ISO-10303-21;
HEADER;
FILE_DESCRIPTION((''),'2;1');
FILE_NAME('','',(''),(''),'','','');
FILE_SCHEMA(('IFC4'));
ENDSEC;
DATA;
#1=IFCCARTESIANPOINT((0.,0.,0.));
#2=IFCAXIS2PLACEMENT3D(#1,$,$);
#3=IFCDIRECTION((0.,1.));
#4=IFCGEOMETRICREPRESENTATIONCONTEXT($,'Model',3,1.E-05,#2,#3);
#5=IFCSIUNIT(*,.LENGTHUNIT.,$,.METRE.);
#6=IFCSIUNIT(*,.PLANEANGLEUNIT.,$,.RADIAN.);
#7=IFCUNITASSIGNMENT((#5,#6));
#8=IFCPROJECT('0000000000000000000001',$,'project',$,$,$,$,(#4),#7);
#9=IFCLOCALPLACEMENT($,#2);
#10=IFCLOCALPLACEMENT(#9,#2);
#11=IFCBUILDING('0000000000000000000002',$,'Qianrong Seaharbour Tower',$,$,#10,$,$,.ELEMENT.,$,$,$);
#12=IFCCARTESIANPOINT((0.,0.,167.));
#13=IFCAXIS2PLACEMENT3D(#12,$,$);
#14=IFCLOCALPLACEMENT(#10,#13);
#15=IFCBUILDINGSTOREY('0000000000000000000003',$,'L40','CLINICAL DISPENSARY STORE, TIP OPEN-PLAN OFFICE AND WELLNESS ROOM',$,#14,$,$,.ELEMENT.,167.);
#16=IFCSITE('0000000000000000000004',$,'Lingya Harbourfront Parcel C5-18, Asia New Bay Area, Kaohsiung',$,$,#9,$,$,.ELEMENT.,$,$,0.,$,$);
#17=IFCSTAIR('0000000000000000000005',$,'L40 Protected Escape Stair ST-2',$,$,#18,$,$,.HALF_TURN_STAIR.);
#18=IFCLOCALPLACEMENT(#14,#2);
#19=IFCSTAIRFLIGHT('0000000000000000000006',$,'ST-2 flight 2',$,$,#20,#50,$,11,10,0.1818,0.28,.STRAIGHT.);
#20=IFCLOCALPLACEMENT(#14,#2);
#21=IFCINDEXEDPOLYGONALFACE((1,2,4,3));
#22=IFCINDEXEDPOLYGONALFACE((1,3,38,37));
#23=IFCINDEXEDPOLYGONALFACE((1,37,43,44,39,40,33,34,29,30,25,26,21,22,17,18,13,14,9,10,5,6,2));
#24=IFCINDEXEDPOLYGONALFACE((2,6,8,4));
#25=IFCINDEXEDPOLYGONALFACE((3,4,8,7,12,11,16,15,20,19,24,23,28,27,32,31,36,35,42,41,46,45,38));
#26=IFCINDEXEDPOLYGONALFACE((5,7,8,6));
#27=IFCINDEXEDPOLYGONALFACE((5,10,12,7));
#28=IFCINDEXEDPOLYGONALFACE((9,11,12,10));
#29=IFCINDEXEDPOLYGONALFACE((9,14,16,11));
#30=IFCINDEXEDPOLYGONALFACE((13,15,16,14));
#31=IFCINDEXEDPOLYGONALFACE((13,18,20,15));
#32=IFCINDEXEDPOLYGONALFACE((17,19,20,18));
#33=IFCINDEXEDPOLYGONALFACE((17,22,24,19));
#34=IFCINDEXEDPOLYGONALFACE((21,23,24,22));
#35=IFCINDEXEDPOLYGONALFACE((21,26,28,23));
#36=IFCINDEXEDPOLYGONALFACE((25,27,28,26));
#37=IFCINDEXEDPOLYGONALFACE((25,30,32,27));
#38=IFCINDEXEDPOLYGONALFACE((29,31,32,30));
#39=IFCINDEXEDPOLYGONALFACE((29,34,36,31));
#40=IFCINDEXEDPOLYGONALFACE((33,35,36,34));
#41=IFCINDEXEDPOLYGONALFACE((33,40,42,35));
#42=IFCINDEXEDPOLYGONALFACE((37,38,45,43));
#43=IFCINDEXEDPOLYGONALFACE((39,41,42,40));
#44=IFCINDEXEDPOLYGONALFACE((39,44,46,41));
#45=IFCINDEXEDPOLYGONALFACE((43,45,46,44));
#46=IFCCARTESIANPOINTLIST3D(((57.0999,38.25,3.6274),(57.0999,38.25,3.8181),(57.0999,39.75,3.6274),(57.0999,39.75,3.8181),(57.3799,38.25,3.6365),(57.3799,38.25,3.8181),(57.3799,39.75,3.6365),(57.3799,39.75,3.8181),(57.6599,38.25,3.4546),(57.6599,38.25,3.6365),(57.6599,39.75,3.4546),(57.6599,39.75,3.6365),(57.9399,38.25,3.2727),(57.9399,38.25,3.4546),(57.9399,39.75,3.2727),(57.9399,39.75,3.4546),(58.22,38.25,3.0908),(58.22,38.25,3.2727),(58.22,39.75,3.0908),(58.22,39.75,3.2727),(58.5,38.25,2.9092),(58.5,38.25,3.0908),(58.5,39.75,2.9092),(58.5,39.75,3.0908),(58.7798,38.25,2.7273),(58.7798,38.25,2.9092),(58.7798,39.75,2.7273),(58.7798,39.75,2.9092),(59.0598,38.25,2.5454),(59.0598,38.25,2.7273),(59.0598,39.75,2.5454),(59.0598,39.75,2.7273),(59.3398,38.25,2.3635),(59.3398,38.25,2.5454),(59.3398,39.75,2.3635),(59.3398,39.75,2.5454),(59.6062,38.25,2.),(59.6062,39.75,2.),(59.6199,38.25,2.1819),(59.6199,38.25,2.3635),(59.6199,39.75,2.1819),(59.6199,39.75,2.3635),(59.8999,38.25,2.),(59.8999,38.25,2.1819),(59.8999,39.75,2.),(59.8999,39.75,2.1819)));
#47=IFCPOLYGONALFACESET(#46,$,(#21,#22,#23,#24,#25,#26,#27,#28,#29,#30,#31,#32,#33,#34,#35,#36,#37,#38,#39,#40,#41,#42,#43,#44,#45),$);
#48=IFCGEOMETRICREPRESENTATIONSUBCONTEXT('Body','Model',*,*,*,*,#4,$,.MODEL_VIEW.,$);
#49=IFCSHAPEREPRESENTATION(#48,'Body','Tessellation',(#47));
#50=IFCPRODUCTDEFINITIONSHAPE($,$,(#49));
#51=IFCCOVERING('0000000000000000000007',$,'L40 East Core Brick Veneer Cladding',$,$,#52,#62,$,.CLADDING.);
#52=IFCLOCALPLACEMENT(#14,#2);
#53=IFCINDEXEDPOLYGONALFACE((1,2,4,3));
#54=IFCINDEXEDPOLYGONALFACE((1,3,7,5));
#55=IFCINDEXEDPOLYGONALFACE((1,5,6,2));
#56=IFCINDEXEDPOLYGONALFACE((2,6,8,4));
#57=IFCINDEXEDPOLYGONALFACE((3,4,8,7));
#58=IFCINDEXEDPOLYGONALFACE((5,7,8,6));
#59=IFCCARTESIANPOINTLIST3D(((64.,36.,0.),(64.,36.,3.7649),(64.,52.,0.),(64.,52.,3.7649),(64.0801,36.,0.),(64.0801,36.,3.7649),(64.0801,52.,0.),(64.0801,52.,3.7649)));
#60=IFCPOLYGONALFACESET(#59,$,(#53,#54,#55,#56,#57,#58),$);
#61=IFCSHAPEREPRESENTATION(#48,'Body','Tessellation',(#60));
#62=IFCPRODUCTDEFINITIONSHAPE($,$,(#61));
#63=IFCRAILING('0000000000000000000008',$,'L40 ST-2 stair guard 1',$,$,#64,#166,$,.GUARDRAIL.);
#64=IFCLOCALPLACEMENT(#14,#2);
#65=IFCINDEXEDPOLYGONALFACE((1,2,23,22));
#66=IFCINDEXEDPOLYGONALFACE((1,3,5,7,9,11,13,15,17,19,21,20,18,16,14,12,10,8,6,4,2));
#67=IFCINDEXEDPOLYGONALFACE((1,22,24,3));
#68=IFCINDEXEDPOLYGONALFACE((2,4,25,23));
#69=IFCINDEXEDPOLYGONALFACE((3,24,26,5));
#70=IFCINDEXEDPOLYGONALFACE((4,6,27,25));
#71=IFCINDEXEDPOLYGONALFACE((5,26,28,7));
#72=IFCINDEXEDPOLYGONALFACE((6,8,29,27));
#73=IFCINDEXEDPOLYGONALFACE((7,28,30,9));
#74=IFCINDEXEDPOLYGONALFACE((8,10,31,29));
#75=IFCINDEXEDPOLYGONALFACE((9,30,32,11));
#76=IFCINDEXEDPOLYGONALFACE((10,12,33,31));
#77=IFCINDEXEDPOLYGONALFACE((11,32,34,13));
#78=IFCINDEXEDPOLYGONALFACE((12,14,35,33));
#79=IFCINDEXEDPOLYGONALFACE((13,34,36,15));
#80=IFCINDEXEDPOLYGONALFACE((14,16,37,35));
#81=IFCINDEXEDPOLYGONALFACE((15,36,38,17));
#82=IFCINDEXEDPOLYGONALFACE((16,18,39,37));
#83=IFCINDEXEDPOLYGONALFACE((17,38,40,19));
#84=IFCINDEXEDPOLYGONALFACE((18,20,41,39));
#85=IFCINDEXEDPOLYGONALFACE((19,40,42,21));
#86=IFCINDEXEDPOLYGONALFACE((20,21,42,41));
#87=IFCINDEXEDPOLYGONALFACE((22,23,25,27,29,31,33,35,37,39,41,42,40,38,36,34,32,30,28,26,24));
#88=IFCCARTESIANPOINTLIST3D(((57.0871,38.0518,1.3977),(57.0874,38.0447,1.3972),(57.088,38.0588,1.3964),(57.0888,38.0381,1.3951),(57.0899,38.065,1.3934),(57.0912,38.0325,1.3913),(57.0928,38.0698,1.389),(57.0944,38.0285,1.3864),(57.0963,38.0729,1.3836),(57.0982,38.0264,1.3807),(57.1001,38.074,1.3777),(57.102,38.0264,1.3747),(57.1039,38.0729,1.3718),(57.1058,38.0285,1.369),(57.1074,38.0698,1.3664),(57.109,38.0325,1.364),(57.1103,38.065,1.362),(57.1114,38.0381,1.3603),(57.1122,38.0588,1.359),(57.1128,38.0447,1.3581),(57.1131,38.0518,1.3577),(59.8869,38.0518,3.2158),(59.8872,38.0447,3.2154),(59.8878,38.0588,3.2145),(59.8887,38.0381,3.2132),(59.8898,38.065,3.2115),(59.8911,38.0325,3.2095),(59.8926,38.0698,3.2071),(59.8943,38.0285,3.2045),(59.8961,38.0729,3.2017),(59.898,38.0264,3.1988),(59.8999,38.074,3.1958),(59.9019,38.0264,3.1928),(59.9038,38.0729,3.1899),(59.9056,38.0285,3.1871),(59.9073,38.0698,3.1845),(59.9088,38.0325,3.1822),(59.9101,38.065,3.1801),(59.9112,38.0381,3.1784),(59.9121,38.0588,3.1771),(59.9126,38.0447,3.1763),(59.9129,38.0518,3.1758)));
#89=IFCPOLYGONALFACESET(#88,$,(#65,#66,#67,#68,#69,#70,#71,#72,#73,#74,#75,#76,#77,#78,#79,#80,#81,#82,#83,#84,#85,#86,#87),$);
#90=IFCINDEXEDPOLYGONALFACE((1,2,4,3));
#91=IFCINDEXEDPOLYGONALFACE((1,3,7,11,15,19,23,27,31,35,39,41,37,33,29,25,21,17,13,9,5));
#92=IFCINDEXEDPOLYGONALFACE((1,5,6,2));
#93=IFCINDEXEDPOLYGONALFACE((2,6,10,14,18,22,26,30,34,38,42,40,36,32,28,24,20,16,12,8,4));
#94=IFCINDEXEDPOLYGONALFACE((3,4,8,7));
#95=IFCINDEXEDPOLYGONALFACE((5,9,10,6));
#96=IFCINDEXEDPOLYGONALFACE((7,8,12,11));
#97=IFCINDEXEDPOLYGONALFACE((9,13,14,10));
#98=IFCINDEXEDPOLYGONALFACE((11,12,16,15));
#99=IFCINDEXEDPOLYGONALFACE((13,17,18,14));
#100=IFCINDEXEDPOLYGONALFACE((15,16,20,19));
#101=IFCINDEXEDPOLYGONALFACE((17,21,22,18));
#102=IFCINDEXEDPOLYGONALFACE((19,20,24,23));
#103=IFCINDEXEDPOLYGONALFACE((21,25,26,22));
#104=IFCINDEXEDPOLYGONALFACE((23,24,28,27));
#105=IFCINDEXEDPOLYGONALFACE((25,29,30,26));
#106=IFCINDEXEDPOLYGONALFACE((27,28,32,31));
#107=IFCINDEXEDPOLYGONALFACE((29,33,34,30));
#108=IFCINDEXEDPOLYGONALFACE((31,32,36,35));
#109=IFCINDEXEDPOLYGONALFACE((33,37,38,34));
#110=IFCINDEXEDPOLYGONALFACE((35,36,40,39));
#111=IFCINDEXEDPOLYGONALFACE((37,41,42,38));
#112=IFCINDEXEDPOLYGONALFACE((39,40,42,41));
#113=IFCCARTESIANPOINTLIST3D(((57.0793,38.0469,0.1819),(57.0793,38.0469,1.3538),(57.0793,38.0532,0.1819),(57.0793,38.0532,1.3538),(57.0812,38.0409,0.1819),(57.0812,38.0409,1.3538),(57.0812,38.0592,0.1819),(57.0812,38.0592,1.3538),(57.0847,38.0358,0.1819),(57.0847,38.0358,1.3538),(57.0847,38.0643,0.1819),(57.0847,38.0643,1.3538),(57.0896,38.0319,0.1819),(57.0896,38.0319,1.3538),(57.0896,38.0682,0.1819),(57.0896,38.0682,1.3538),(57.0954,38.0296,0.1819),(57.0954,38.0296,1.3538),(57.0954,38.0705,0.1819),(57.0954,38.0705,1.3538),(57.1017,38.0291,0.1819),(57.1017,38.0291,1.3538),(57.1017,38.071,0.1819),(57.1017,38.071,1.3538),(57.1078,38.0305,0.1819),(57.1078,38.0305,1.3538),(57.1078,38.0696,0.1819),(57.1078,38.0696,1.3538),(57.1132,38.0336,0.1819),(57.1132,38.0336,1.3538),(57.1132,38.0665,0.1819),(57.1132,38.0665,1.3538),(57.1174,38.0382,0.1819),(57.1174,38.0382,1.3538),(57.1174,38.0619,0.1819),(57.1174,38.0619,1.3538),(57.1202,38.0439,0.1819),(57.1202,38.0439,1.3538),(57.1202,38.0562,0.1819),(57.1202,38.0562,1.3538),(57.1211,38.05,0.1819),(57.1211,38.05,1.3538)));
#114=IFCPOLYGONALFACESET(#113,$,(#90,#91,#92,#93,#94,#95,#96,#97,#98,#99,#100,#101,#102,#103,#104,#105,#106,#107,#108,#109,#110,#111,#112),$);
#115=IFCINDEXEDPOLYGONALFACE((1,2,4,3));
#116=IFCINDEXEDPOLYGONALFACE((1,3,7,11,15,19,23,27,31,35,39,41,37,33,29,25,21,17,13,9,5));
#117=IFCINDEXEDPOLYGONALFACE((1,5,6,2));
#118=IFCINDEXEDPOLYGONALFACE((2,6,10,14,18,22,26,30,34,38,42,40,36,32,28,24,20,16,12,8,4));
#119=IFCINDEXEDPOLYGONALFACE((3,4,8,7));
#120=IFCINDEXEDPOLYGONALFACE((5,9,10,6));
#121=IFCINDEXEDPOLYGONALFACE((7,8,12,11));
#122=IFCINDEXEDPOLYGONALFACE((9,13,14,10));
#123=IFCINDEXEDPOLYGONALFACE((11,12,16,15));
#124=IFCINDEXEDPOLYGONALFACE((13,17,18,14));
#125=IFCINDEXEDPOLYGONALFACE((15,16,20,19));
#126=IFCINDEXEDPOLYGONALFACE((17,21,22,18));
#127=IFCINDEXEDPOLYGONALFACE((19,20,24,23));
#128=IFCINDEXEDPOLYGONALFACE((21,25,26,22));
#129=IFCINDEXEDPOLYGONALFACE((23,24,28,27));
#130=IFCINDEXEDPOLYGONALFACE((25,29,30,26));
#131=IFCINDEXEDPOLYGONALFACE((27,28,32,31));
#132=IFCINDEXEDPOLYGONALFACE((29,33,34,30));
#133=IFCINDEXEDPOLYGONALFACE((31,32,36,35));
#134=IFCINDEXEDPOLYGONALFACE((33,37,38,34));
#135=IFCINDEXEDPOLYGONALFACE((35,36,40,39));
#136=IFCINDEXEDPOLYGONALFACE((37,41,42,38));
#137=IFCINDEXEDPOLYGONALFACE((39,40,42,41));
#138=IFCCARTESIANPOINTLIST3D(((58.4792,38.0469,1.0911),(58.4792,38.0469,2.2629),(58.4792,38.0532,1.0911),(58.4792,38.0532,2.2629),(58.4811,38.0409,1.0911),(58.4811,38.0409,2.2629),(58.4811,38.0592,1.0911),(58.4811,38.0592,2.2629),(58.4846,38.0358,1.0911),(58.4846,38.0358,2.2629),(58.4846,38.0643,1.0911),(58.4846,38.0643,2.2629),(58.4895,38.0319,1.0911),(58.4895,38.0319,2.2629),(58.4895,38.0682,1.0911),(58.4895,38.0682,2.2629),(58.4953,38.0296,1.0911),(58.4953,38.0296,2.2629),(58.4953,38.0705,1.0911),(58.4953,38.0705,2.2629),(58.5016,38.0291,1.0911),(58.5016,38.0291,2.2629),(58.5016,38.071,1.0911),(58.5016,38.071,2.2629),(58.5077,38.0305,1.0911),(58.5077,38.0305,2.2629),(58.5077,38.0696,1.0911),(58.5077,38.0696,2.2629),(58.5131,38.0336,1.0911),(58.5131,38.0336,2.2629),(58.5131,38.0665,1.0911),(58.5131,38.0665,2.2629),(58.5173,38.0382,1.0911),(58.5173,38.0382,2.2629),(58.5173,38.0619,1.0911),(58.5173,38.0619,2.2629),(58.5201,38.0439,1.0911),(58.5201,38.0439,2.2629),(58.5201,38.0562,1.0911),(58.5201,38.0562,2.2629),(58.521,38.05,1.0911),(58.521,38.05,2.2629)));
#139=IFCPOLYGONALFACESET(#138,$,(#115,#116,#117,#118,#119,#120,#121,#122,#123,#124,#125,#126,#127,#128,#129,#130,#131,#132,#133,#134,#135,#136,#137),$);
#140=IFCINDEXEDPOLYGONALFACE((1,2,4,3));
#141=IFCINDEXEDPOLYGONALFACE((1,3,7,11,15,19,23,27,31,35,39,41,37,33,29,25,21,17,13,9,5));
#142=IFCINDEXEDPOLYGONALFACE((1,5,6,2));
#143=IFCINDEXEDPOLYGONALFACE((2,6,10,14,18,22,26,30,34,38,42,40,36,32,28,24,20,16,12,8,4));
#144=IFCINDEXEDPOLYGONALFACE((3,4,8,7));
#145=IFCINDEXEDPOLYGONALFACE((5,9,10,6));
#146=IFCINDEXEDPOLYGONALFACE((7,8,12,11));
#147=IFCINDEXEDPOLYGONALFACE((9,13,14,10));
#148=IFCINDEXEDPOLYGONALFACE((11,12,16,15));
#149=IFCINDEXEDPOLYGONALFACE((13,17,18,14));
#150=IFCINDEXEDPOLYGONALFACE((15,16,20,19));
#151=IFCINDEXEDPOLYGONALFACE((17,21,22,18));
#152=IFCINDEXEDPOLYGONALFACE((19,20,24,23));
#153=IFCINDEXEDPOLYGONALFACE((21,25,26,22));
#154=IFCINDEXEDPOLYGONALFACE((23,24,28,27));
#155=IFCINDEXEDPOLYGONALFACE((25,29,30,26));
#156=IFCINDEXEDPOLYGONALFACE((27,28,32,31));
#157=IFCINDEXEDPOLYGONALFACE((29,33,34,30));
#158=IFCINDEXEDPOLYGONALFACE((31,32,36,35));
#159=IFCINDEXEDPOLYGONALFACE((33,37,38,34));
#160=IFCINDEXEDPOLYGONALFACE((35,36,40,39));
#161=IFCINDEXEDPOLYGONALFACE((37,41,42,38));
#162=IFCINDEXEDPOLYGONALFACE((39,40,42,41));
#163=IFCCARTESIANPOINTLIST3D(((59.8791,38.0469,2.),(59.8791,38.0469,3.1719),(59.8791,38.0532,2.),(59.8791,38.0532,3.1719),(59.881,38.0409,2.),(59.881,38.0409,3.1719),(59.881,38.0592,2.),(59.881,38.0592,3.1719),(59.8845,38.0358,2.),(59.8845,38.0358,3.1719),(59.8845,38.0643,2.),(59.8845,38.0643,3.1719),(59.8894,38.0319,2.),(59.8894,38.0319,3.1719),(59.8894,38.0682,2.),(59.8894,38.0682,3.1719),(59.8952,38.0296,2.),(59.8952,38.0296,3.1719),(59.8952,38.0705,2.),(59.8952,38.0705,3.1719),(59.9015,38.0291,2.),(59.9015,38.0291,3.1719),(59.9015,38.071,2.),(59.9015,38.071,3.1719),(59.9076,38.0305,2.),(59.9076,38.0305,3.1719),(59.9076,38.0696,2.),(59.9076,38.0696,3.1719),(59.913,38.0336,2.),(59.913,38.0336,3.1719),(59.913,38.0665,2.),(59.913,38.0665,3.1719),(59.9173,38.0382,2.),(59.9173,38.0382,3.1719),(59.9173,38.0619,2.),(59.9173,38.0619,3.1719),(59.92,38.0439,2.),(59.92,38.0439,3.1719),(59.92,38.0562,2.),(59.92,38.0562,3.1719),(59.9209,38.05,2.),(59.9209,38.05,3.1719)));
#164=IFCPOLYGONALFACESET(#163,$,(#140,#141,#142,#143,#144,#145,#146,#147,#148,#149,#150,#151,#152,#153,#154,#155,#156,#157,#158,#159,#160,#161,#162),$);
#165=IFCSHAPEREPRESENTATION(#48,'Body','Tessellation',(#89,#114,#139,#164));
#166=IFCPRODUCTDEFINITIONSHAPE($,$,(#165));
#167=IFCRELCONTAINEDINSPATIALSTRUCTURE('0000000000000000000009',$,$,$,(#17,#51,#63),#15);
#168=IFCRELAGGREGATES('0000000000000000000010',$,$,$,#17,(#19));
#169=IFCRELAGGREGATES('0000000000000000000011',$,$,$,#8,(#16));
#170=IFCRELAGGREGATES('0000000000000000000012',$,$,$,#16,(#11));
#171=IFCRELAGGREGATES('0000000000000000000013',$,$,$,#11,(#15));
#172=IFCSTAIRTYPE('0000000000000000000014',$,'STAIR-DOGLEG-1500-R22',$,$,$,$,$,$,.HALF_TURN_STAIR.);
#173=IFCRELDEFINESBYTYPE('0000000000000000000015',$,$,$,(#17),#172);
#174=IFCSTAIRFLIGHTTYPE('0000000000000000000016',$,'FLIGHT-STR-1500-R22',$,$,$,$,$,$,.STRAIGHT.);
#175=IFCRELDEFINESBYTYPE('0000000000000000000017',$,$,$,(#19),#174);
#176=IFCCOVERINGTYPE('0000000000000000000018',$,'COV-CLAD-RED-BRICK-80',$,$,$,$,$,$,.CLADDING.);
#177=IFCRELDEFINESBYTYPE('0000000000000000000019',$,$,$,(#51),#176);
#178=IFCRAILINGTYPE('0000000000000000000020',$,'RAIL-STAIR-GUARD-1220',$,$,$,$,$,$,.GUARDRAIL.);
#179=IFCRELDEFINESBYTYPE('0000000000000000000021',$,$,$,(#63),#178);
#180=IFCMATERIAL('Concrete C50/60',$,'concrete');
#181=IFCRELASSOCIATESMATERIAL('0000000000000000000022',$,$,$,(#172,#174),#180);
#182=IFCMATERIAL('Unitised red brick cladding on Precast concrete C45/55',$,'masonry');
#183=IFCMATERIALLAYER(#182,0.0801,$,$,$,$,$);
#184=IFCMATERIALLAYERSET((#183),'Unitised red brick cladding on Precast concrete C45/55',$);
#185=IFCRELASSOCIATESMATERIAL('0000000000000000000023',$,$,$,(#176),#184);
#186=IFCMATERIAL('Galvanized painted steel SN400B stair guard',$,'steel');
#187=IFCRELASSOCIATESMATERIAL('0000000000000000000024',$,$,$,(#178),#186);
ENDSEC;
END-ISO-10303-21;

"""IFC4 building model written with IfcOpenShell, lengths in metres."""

from ifc_helpers import new_model, si_unit, direction, frame, origin, origin_2d, place, context, subcontext, project, spatial, polyline, rectangle, circle, outline, extrude, material, layer, layer_set, type_object, element, aggregate, save


model = new_model("IFC4")

# Units and contexts
model_context = context("Model", 3, precision=1e-05, world=origin(), true_north=direction((0.0, 1.0)))
body_context = subcontext(model_context, "Body", "Model", "MODEL_VIEW")
ifc_project = project(units=[si_unit("LENGTHUNIT", "METRE"), si_unit("PLANEANGLEUNIT", "RADIAN")], contexts=[model_context])

# Site, building, storey
site_placement = place(None, origin())
site = spatial("IfcSite", under=ifc_project, at=site_placement, Name="Lingya Harbourfront Parcel C5-18, Asia New Bay Area, Kaohsiung", CompositionType="ELEMENT", RefElevation=0.0)
building_placement = place(site_placement, origin())
building = spatial("IfcBuilding", under=site, at=building_placement, Name="Qianrong Seaharbour Tower", CompositionType="ELEMENT")
storey_placement = place(building_placement, frame((0.0, 0.0, 167.0)))
storey = spatial("IfcBuildingStorey", under=building, at=storey_placement, Name="L40", Description="CLINICAL DISPENSARY STORE, TIP OPEN-PLAN OFFICE AND WELLNESS ROOM", CompositionType="ELEMENT", Elevation=167.0)

# Shared definitions
ifc_material_1 = material(Name="Concrete C50/60", Category="concrete")

# Stair, stair flight
stair_type = type_object("IfcStairType", Name="STAIR-DOGLEG-1500-R22", PredefinedType="HALF_TURN_STAIR", material=ifc_material_1)
stair_placement = place(storey_placement, origin())
stair = element("IfcStair", 1, at=stair_placement, inside=storey, type_object=stair_type, Name="L40 Protected Escape Stair ST-2", PredefinedType="HALF_TURN_STAIR")
stair_flight_type = type_object("IfcStairFlightType", Name="FLIGHT-STR-1500-R22", PredefinedType="STRAIGHT", material=ifc_material_1)
stair_flight_1_placement = place(storey_placement, frame((59.8999, 39.0, 2.0), z_axis=(0.0, 0.0, 1.0), x_axis=(-1.0, 0.0, 0.0)))
stair_flight_1 = element("IfcStairFlight", 2, at=stair_flight_1_placement, type_object=stair_flight_type, Name="ST-2 flight 2", NumberOfRisers=11, NumberOfTreads=10, PredefinedType="STRAIGHT", RiserHeight=0.1818, TreadLength=0.28, context=body_context, shape_type="SweptSolid", body=[
    extrude(outline(polyline([(0.0, 0.0), (0.0, 0.1819), (0.28, 0.1819), (0.28, 0.3635), (0.5601, 0.3635), (0.5601, 0.5454), (0.8401, 0.5454), (0.8401, 0.7273), (1.1201, 0.7273), (1.1201, 0.9092), (1.3999, 0.9092), (1.3999, 1.0908), (1.6799, 1.0908), (1.6799, 1.2727), (1.96, 1.2727), (1.96, 1.4546), (2.24, 1.4546), (2.24, 1.6365), (2.52, 1.6365), (2.52, 1.8181), (2.8, 1.8181), (2.8, 2.0), (2.8, 1.6274), (0.2937, 0.0), (0.0, 0.0)])), frame((0.0, 0.75, 0.0), z_axis=(0.0, -1.0, 0.0), x_axis=(1.0, 0.0, 0.0)), (0.0, 0.0, 1.0), 1.5),
])
aggregate(stair, [stair_flight_1])

# Covering
ifc_material_2 = material(Name="Unitised red brick cladding on Precast concrete C45/55", Category="masonry")
ifc_layer_1 = layer(ifc_material_2, 0.0801)
ifc_layer_set_1 = layer_set([ifc_layer_1], Name="Unitised red brick cladding on Precast concrete C45/55")
covering_type = type_object("IfcCoveringType", Name="COV-CLAD-RED-BRICK-80", PredefinedType="CLADDING", material=ifc_layer_set_1)
covering_placement = place(storey_placement, frame((64.04, 44.0, 0.0), z_axis=(0.0, 0.0, 1.0), x_axis=(1.0, 0.0, 0.0)))
element("IfcCovering", 3, at=covering_placement, inside=storey, type_object=covering_type, Name="L40 East Core Brick Veneer Cladding", PredefinedType="CLADDING", context=body_context, shape_type="SweptSolid", body=[
    extrude(rectangle(XDim=0.0801, YDim=16.0, at=origin_2d()), origin(), (0.0, 0.0, 1.0), 3.7649),
])

# Railing
ifc_material_3 = material(Name="Galvanized painted steel SN400B stair guard", Category="steel")
railing_type_1 = type_object("IfcRailingType", Name="RAIL-STAIR-GUARD-1220", PredefinedType="GUARDRAIL", material=ifc_material_3)
railing_1_placement = place(storey_placement, frame((57.1001, 38.05, 0.1819)))
element("IfcRailing", 4, at=railing_1_placement, inside=storey, type_object=railing_type_1, Name="L40 ST-2 stair guard 1", PredefinedType="GUARDRAIL", context=body_context, shape_type="SweptSolid", body=[
    extrude(circle(Radius=0.0239, at=origin_2d()), frame((0.0, 0.0, 1.1958), z_axis=(0.838684, 0.0, 0.544618), x_axis=(0.0, 1.0, 0.0)), (0.0, 0.0, 1.0), 3.3384),
    extrude(circle(Radius=0.021, at=origin_2d()), origin(), (0.0, 0.0, 1.0), 1.1719),
    extrude(circle(Radius=0.021, at=origin_2d()), frame((1.3999, 0.0, 0.9092)), (0.0, 0.0, 1.0), 1.1719),
    extrude(circle(Radius=0.021, at=origin_2d()), frame((2.7998, 0.0, 1.8181)), (0.0, 0.0, 1.0), 1.1719),
])

save(model, "model.ifc")
